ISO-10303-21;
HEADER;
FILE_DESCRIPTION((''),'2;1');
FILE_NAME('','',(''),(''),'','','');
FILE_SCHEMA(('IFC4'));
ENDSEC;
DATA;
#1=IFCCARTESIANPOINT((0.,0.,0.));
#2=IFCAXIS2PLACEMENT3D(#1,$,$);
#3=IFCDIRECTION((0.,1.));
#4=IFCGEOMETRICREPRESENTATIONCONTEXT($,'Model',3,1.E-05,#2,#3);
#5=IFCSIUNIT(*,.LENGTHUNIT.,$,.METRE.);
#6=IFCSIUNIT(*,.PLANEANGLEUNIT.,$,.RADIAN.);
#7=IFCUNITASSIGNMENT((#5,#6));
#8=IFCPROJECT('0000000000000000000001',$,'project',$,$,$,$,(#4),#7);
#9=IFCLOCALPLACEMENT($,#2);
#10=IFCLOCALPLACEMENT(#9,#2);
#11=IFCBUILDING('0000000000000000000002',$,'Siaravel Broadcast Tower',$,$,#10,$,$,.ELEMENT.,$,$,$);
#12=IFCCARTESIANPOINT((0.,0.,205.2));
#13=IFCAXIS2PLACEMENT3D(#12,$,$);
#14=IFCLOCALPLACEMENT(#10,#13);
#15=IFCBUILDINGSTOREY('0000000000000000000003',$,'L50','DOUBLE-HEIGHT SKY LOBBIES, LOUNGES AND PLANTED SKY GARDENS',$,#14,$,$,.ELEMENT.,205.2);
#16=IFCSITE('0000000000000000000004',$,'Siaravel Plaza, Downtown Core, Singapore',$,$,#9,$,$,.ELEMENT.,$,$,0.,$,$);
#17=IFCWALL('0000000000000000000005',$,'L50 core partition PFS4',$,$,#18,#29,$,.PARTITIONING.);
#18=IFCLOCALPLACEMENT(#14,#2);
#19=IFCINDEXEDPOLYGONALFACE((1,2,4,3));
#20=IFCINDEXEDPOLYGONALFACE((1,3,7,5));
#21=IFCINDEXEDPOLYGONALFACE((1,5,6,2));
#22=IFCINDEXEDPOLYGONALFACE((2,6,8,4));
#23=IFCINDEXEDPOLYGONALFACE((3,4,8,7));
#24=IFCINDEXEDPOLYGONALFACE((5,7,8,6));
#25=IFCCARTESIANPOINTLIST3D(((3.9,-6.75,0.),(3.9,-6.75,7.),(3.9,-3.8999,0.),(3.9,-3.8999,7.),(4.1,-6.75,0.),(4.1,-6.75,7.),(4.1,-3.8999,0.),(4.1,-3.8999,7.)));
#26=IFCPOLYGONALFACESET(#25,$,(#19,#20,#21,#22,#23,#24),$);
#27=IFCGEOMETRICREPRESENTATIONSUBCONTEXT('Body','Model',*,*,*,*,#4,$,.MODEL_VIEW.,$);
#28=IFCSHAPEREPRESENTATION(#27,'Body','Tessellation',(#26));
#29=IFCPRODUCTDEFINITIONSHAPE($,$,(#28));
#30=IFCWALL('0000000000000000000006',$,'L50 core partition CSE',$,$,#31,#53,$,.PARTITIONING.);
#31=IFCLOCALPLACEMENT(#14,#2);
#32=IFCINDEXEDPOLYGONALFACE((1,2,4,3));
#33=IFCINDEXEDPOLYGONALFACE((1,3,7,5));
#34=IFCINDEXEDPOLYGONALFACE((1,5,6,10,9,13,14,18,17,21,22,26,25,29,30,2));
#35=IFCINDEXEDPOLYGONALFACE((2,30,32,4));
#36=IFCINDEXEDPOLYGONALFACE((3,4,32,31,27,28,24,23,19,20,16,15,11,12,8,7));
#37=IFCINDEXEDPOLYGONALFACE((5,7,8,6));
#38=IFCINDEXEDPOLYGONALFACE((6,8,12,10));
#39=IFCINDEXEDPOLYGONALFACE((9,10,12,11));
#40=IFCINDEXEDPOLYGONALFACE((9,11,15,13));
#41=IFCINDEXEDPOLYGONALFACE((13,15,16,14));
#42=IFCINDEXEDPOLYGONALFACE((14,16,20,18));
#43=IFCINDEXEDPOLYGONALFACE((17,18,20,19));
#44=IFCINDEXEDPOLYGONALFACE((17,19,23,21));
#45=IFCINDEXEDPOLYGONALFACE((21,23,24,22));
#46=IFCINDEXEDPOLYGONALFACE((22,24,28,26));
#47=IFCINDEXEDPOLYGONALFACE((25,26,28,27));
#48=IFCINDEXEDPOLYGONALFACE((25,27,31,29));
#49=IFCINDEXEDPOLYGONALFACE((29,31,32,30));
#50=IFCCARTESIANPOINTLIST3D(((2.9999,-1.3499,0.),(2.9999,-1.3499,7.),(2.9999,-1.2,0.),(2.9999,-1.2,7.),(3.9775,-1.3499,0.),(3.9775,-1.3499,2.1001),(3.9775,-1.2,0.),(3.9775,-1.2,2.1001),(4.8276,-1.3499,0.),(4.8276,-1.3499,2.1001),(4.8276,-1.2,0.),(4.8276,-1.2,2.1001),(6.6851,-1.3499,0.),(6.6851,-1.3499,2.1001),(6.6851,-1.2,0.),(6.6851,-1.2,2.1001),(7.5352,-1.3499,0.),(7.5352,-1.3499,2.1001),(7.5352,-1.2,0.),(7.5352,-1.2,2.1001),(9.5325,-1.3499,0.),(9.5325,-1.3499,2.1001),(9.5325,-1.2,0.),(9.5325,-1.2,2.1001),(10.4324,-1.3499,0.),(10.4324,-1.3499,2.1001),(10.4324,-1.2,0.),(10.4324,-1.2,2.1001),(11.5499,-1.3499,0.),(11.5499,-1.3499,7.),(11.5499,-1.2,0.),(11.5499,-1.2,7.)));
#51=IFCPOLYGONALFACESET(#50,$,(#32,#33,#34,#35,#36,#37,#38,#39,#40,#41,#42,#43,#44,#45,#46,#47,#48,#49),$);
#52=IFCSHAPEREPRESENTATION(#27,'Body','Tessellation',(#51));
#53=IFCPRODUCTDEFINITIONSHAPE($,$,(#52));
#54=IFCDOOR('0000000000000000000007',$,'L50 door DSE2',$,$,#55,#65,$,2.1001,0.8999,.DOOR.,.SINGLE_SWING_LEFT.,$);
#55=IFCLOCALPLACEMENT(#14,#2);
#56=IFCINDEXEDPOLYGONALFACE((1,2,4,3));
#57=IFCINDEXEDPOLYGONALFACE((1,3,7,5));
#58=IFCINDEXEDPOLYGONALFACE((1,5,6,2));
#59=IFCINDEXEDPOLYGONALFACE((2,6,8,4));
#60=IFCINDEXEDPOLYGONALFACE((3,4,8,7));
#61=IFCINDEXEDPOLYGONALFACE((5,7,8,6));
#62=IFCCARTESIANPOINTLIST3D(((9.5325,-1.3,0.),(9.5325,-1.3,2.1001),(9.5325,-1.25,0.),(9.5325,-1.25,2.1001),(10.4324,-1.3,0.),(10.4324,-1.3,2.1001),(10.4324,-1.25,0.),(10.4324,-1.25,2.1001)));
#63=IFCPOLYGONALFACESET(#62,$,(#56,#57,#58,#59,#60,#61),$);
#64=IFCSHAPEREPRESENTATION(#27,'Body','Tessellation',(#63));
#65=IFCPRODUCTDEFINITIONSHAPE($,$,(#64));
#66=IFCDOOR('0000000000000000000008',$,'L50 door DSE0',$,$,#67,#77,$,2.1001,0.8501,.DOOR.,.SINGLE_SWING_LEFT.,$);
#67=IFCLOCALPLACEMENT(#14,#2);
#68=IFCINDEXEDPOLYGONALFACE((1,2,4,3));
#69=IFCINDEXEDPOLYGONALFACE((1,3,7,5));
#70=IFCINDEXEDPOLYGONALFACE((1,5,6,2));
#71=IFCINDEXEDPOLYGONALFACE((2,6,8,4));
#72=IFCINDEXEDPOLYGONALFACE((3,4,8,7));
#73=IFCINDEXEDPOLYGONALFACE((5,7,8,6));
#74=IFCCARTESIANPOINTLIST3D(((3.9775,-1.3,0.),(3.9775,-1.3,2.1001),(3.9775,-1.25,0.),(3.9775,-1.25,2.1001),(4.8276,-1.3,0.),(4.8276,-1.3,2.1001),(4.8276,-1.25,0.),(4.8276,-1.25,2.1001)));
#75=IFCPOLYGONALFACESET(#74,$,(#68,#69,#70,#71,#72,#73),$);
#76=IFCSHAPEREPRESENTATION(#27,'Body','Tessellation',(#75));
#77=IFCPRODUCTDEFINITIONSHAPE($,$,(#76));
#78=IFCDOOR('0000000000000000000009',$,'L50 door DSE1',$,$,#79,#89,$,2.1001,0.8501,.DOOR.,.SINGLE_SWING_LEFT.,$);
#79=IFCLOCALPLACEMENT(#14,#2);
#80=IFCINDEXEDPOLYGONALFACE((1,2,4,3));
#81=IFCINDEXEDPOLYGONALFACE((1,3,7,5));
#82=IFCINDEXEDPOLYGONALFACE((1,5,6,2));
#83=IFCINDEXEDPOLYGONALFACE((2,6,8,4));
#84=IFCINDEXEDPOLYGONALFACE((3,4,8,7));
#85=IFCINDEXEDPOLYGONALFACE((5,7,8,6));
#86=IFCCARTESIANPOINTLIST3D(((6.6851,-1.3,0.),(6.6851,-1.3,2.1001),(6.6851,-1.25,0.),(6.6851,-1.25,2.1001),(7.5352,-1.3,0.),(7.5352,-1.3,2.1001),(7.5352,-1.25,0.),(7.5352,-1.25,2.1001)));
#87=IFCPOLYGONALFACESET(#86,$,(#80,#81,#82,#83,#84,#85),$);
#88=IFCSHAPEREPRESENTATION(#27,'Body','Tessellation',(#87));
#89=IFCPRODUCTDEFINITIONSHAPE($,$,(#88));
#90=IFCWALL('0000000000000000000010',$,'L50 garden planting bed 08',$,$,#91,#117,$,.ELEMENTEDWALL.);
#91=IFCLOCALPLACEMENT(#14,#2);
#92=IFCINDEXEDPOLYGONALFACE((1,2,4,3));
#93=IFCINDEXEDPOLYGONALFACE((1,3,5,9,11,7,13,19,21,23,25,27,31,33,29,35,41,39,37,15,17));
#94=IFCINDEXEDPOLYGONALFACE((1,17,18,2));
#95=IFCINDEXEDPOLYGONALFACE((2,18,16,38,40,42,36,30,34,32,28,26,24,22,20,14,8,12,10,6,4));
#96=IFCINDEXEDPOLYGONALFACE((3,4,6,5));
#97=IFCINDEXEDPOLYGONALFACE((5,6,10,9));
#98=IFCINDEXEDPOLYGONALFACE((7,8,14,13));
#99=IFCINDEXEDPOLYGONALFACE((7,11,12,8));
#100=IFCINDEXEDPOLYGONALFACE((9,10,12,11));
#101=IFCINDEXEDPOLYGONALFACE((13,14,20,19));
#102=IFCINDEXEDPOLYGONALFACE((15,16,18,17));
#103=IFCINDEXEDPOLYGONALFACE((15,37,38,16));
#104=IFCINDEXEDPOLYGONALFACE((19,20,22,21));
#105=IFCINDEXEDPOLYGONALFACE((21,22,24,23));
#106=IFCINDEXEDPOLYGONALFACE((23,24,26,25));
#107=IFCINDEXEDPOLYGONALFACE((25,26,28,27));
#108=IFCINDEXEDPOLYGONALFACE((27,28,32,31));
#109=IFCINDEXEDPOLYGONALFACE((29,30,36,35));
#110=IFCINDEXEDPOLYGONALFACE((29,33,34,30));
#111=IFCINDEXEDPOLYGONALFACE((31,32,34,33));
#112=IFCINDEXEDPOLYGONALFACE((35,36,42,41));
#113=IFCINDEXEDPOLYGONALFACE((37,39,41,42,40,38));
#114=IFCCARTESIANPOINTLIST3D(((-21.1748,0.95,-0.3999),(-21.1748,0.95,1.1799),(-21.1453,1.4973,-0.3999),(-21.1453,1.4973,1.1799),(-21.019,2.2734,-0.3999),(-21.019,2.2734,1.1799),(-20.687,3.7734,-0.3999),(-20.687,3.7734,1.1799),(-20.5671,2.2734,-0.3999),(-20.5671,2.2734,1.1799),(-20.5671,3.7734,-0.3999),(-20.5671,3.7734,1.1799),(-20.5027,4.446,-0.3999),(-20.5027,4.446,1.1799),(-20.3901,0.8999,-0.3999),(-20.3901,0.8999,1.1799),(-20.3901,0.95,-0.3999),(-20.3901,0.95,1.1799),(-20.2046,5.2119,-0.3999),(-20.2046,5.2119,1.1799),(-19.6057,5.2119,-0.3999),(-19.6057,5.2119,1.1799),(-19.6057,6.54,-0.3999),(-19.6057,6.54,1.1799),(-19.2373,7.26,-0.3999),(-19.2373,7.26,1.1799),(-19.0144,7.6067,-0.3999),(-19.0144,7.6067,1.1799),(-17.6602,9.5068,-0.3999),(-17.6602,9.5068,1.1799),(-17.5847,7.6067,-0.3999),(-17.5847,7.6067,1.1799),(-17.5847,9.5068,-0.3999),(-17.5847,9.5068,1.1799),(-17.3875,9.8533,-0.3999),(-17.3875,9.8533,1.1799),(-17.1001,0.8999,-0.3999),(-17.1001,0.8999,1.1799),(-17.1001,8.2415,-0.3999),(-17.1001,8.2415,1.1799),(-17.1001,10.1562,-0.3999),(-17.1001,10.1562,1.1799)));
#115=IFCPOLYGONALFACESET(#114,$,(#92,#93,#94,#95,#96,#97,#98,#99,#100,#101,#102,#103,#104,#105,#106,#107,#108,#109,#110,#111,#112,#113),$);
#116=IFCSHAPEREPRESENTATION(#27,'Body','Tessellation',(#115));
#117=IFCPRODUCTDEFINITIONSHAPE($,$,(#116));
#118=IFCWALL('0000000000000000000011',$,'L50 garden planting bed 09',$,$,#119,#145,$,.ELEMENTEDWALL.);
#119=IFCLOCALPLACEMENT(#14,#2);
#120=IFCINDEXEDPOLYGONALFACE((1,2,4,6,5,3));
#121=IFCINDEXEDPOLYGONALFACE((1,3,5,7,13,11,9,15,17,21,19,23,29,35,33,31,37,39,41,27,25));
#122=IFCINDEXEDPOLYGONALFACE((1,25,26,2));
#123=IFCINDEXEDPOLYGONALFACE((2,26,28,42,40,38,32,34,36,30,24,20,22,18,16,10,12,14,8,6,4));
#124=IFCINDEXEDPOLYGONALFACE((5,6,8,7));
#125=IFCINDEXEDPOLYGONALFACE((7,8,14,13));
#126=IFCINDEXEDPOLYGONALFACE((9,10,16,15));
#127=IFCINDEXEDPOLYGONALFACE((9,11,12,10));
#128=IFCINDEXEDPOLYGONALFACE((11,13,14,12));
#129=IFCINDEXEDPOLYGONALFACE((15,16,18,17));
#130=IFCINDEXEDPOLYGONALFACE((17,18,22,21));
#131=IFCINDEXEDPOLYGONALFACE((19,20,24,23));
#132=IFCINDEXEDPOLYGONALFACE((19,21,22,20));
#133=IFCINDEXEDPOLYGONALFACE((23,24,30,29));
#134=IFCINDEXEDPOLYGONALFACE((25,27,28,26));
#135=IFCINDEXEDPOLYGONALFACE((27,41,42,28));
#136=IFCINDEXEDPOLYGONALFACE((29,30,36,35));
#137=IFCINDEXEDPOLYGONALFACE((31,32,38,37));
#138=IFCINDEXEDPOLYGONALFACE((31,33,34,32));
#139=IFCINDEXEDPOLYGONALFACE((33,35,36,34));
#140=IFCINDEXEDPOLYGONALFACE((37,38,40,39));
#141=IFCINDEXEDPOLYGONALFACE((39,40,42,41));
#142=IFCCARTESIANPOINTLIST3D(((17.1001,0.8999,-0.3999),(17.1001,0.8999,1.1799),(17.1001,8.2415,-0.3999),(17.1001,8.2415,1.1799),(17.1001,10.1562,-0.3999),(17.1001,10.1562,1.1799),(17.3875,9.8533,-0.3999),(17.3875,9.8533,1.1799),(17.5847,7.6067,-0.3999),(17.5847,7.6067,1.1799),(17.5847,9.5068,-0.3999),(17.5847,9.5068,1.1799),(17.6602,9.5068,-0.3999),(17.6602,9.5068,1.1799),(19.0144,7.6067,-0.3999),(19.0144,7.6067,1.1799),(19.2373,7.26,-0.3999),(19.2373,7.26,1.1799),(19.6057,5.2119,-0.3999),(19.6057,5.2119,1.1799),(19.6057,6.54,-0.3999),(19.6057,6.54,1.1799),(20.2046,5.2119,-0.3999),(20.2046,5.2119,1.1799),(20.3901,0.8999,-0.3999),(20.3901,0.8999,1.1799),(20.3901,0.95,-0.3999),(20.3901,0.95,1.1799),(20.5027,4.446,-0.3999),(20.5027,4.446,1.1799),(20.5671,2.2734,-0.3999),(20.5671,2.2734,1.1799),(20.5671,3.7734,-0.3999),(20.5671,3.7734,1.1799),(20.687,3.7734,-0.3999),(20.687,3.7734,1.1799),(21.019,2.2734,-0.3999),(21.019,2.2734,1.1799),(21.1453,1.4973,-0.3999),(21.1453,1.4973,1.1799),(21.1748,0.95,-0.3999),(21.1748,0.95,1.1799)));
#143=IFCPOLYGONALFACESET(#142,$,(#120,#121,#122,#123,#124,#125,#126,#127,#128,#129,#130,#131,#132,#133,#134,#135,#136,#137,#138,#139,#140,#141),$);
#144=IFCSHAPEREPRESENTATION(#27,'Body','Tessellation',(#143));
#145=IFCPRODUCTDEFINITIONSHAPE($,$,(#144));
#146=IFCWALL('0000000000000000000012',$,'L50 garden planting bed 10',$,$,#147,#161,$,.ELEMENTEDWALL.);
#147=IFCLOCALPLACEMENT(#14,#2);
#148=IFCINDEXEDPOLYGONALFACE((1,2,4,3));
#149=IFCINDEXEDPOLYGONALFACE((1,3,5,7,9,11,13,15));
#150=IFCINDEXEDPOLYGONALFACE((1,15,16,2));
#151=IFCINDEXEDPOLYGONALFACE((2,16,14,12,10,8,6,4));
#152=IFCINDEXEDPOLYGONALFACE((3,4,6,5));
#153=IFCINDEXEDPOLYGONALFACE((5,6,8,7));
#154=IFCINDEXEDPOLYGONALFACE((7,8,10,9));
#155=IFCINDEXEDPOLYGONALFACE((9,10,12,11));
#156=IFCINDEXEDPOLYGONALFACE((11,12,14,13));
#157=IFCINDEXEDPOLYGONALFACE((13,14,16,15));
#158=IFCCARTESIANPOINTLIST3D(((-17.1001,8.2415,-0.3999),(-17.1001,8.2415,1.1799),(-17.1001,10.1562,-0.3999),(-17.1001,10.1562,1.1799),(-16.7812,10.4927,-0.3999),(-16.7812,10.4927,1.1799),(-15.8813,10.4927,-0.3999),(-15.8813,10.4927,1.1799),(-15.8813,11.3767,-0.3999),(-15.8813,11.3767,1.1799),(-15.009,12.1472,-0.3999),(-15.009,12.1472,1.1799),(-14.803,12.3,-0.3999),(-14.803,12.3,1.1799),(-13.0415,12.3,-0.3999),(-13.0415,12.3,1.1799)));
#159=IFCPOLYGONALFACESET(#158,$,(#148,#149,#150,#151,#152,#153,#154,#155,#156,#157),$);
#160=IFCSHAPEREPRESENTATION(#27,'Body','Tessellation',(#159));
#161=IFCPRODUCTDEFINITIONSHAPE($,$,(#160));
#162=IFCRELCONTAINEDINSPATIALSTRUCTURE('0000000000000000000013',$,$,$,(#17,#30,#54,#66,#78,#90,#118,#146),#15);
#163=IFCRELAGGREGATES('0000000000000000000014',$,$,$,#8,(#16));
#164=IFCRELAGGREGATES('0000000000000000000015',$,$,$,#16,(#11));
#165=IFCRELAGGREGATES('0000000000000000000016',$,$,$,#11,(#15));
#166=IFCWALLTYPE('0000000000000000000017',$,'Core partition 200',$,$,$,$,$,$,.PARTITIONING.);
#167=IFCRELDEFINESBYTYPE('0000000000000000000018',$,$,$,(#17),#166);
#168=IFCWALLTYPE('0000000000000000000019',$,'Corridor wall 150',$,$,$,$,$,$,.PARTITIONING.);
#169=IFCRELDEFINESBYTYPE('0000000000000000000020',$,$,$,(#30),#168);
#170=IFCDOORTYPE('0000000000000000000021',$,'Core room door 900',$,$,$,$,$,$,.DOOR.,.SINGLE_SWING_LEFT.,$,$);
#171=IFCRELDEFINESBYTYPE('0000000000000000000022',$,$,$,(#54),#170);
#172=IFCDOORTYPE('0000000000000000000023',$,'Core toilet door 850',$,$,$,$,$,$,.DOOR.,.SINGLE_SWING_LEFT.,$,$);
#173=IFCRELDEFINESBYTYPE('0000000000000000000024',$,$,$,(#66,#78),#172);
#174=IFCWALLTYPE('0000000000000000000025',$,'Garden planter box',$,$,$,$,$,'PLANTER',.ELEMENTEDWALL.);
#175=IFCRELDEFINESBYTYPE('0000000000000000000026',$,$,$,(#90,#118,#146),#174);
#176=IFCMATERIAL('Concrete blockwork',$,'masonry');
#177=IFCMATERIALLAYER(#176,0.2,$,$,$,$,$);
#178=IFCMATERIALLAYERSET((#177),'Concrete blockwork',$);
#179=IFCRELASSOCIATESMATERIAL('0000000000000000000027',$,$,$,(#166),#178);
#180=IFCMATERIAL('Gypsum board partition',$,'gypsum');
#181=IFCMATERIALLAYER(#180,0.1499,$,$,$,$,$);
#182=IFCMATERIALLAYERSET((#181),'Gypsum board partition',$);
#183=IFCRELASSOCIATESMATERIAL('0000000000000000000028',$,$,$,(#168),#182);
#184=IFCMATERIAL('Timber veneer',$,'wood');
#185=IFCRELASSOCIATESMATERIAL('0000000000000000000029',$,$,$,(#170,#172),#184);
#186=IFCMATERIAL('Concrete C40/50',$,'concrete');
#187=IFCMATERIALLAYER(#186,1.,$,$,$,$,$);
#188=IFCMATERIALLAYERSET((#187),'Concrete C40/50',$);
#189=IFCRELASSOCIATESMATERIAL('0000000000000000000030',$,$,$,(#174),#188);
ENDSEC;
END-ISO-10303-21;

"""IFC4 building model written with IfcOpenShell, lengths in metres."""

from ifc_helpers import new_model, si_unit, direction, frame, frame_2d, origin, place, context, subcontext, project, spatial, polyline, rectangle, outline, extrude, material, layer, layer_set, type_object, element, fill, save


model = new_model("IFC4")

# Units and contexts
model_context = context("Model", 3, precision=1e-05, world=origin(), true_north=direction((0.0, 1.0)))
body_context = subcontext(model_context, "Body", "Model", "MODEL_VIEW")
ifc_project = project(units=[si_unit("LENGTHUNIT", "METRE"), si_unit("PLANEANGLEUNIT", "RADIAN")], contexts=[model_context])

# Site, building, storey
site_placement = place(None, origin())
site = spatial("IfcSite", under=ifc_project, at=site_placement, Name="Siaravel Plaza, Downtown Core, Singapore", CompositionType="ELEMENT", RefElevation=0.0)
building_placement = place(site_placement, origin())
building = spatial("IfcBuilding", under=site, at=building_placement, Name="Siaravel Broadcast Tower", CompositionType="ELEMENT")
storey_placement = place(building_placement, frame((0.0, 0.0, 205.2)))
storey = spatial("IfcBuildingStorey", under=building, at=storey_placement, Name="L50", Description="DOUBLE-HEIGHT SKY LOBBIES, LOUNGES AND PLANTED SKY GARDENS", CompositionType="ELEMENT", Elevation=205.2)

# Shared definitions
ifc_material_1 = material(Name="Concrete C40/50", Category="concrete")

# Wall
ifc_material_2 = material(Name="Concrete blockwork", Category="masonry")
ifc_layer_1 = layer(ifc_material_2, 0.2)
ifc_layer_set_1 = layer_set([ifc_layer_1], Name="Concrete blockwork")
wall_type_1 = type_object("IfcWallType", Name="Core partition 200", PredefinedType="PARTITIONING", material=ifc_layer_set_1)
wall_1_placement = place(storey_placement, frame((4.0, -6.75, 0.0), z_axis=(0.0, 0.0, 1.0), x_axis=(0.0, 1.0, 0.0)))
element("IfcWall", 1, at=wall_1_placement, inside=storey, type_object=wall_type_1, Name="L50 core partition PFS4", PredefinedType="PARTITIONING", context=body_context, shape_type="SweptSolid", body=[
    extrude(rectangle(XDim=2.8501, YDim=0.2, at=frame_2d((1.425, 0.0))), origin(), (0.0, 0.0, 1.0), 7.0),
])

# Wall, openings, doors
ifc_material_3 = material(Name="Gypsum board partition", Category="gypsum")
ifc_layer_2 = layer(ifc_material_3, 0.1499)
ifc_layer_set_2 = layer_set([ifc_layer_2], Name="Gypsum board partition")
wall_type_2 = type_object("IfcWallType", Name="Corridor wall 150", PredefinedType="PARTITIONING", material=ifc_layer_set_2)
wall_2_placement = place(storey_placement, frame((3.0, -1.2749, 0.0), z_axis=(0.0, 0.0, 1.0), x_axis=(1.0, 0.0, 0.0)))
wall_2 = element("IfcWall", 2, at=wall_2_placement, inside=storey, type_object=wall_type_2, Name="L50 core partition CSE", PredefinedType="PARTITIONING", context=body_context, shape_type="SweptSolid", body=[
    extrude(rectangle(XDim=8.55, YDim=0.1499, at=frame_2d((4.2749, 0.0))), origin(), (0.0, 0.0, 1.0), 7.0),
])
opening_1_placement = place(wall_2_placement, frame((0.9775, 0.0, 0.0)))
opening_1 = element("IfcOpeningElement", 3, at=opening_1_placement, cuts=wall_2, PredefinedType="OPENING", context=body_context, shape_type="SweptSolid", body=[
    extrude(rectangle(XDim=0.8501, YDim=2.1001, at=frame_2d((0.425, 1.05))), frame((0.0, 0.085, 0.0), z_axis=(0.0, -1.0, 0.0), x_axis=(1.0, 0.0, 0.0)), (0.0, 0.0, 1.0), 0.1699),
])
opening_2_placement = place(wall_2_placement, frame((3.6851, 0.0, 0.0)))
opening_2 = element("IfcOpeningElement", 4, at=opening_2_placement, cuts=wall_2, PredefinedType="OPENING", context=body_context, shape_type="SweptSolid", body=[
    extrude(rectangle(XDim=0.8501, YDim=2.1001, at=frame_2d((0.425, 1.05))), frame((0.0, 0.085, 0.0), z_axis=(0.0, -1.0, 0.0), x_axis=(1.0, 0.0, 0.0)), (0.0, 0.0, 1.0), 0.1699),
])
opening_3_placement = place(wall_2_placement, frame((6.5325, 0.0, 0.0)))
opening_3 = element("IfcOpeningElement", 5, at=opening_3_placement, cuts=wall_2, PredefinedType="OPENING", context=body_context, shape_type="SweptSolid", body=[
    extrude(rectangle(XDim=0.8999, YDim=2.1001, at=frame_2d((0.45, 1.05))), frame((0.0, 0.085, 0.0), z_axis=(0.0, -1.0, 0.0), x_axis=(1.0, 0.0, 0.0)), (0.0, 0.0, 1.0), 0.1699),
])
ifc_material_4 = material(Name="Timber veneer", Category="wood")
door_type_1 = type_object("IfcDoorType", Name="Core room door 900", OperationType="SINGLE_SWING_LEFT", PredefinedType="DOOR", material=ifc_material_4)
door_1_placement = place(opening_3_placement, origin())
door_1 = element("IfcDoor", 6, at=door_1_placement, inside=storey, type_object=door_type_1, Name="L50 door DSE2", OperationType="SINGLE_SWING_LEFT", OverallHeight=2.1001, OverallWidth=0.8999, PredefinedType="DOOR", context=body_context, shape_type="SweptSolid", body=[
    extrude(rectangle(XDim=0.8999, YDim=2.1001, at=frame_2d((0.45, 1.05))), frame((0.0, 0.0249, 0.0), z_axis=(0.0, -1.0, 0.0), x_axis=(1.0, 0.0, 0.0)), (0.0, 0.0, 1.0), 0.05),
])
fill(opening_3, door_1)
door_type_2 = type_object("IfcDoorType", Name="Core toilet door 850", OperationType="SINGLE_SWING_LEFT", PredefinedType="DOOR", material=ifc_material_4)
door_2_placement = place(opening_1_placement, origin())
door_2 = element("IfcDoor", 7, at=door_2_placement, inside=storey, type_object=door_type_2, Name="L50 door DSE0", OperationType="SINGLE_SWING_LEFT", OverallHeight=2.1001, OverallWidth=0.8501, PredefinedType="DOOR", context=body_context, shape_type="SweptSolid", body=[
    extrude(rectangle(XDim=0.8501, YDim=2.1001, at=frame_2d((0.425, 1.05))), frame((0.0, 0.0249, 0.0), z_axis=(0.0, -1.0, 0.0), x_axis=(1.0, 0.0, 0.0)), (0.0, 0.0, 1.0), 0.05),
])
fill(opening_1, door_2)
door_3_placement = place(opening_2_placement, origin())
door_3 = element("IfcDoor", 8, at=door_3_placement, inside=storey, type_object=door_type_2, Name="L50 door DSE1", OperationType="SINGLE_SWING_LEFT", OverallHeight=2.1001, OverallWidth=0.8501, PredefinedType="DOOR", context=body_context, shape_type="SweptSolid", body=[
    extrude(rectangle(XDim=0.8501, YDim=2.1001, at=frame_2d((0.425, 1.05))), frame((0.0, 0.0249, 0.0), z_axis=(0.0, -1.0, 0.0), x_axis=(1.0, 0.0, 0.0)), (0.0, 0.0, 1.0), 0.05),
])
fill(opening_2, door_3)

# Walls
ifc_layer_3 = layer(ifc_material_1, 1.0)
ifc_layer_set_3 = layer_set([ifc_layer_3], Name="Concrete C40/50")
wall_type_3 = type_object("IfcWallType", Name="Garden planter box", ElementType="PLANTER", PredefinedType="ELEMENTEDWALL", material=ifc_layer_set_3)
wall_3_placement = place(storey_placement, frame((0.0, 0.0, -0.3999)))
element("IfcWall", 9, at=wall_3_placement, inside=storey, type_object=wall_type_3, Name="L50 garden planting bed 08", PredefinedType="ELEMENTEDWALL", context=body_context, shape_type="SweptSolid", body=[
    extrude(outline(polyline([(-21.019, 2.2734), (-21.1453, 1.4973), (-21.1748, 0.95), (-20.3901, 0.95), (-20.3901, 0.8999), (-17.1001, 0.8999), (-17.1001, 8.2415), (-17.1001, 10.1562), (-17.3875, 9.8533), (-17.6602, 9.5068), (-17.5847, 9.5068), (-17.5847, 7.6067), (-19.0144, 7.6067), (-19.2373, 7.26), (-19.6057, 6.54), (-19.6057, 5.2119), (-20.2046, 5.2119), (-20.5027, 4.446), (-20.687, 3.7734), (-20.5671, 3.7734), (-20.5671, 2.2734), (-21.019, 2.2734)])), origin(), (0.0, 0.0, 1.0), 1.5798),
])
wall_4_placement = place(storey_placement, frame((0.0, 0.0, -0.3999)))
element("IfcWall", 10, at=wall_4_placement, inside=storey, type_object=wall_type_3, Name="L50 garden planting bed 09", PredefinedType="ELEMENTEDWALL", context=body_context, shape_type="SweptSolid", body=[
    extrude(outline(polyline([(17.1001, 10.1562), (17.1001, 8.2415), (17.1001, 0.8999), (20.3901, 0.8999), (20.3901, 0.95), (21.1748, 0.95), (21.1453, 1.4973), (21.019, 2.2734), (20.5671, 2.2734), (20.5671, 3.7734), (20.687, 3.7734), (20.5027, 4.446), (20.2046, 5.2119), (19.6057, 5.2119), (19.6057, 6.54), (19.2373, 7.26), (19.0144, 7.6067), (17.5847, 7.6067), (17.5847, 9.5068), (17.6602, 9.5068), (17.3875, 9.8533), (17.1001, 10.1562)])), origin(), (0.0, 0.0, 1.0), 1.5798),
])
wall_5_placement = place(storey_placement, frame((0.0, 0.0, -0.3999)))
element("IfcWall", 11, at=wall_5_placement, inside=storey, type_object=wall_type_3, Name="L50 garden planting bed 10", PredefinedType="ELEMENTEDWALL", context=body_context, shape_type="SweptSolid", body=[
    extrude(outline(polyline([(-17.1001, 10.1562), (-17.1001, 8.2415), (-13.0415, 12.3), (-14.803, 12.3), (-15.009, 12.1472), (-15.8813, 11.3767), (-15.8813, 10.4927), (-16.7812, 10.4927), (-17.1001, 10.1562)])), origin(), (0.0, 0.0, 1.0), 1.5798),
])

save(model, "model.ifc")
